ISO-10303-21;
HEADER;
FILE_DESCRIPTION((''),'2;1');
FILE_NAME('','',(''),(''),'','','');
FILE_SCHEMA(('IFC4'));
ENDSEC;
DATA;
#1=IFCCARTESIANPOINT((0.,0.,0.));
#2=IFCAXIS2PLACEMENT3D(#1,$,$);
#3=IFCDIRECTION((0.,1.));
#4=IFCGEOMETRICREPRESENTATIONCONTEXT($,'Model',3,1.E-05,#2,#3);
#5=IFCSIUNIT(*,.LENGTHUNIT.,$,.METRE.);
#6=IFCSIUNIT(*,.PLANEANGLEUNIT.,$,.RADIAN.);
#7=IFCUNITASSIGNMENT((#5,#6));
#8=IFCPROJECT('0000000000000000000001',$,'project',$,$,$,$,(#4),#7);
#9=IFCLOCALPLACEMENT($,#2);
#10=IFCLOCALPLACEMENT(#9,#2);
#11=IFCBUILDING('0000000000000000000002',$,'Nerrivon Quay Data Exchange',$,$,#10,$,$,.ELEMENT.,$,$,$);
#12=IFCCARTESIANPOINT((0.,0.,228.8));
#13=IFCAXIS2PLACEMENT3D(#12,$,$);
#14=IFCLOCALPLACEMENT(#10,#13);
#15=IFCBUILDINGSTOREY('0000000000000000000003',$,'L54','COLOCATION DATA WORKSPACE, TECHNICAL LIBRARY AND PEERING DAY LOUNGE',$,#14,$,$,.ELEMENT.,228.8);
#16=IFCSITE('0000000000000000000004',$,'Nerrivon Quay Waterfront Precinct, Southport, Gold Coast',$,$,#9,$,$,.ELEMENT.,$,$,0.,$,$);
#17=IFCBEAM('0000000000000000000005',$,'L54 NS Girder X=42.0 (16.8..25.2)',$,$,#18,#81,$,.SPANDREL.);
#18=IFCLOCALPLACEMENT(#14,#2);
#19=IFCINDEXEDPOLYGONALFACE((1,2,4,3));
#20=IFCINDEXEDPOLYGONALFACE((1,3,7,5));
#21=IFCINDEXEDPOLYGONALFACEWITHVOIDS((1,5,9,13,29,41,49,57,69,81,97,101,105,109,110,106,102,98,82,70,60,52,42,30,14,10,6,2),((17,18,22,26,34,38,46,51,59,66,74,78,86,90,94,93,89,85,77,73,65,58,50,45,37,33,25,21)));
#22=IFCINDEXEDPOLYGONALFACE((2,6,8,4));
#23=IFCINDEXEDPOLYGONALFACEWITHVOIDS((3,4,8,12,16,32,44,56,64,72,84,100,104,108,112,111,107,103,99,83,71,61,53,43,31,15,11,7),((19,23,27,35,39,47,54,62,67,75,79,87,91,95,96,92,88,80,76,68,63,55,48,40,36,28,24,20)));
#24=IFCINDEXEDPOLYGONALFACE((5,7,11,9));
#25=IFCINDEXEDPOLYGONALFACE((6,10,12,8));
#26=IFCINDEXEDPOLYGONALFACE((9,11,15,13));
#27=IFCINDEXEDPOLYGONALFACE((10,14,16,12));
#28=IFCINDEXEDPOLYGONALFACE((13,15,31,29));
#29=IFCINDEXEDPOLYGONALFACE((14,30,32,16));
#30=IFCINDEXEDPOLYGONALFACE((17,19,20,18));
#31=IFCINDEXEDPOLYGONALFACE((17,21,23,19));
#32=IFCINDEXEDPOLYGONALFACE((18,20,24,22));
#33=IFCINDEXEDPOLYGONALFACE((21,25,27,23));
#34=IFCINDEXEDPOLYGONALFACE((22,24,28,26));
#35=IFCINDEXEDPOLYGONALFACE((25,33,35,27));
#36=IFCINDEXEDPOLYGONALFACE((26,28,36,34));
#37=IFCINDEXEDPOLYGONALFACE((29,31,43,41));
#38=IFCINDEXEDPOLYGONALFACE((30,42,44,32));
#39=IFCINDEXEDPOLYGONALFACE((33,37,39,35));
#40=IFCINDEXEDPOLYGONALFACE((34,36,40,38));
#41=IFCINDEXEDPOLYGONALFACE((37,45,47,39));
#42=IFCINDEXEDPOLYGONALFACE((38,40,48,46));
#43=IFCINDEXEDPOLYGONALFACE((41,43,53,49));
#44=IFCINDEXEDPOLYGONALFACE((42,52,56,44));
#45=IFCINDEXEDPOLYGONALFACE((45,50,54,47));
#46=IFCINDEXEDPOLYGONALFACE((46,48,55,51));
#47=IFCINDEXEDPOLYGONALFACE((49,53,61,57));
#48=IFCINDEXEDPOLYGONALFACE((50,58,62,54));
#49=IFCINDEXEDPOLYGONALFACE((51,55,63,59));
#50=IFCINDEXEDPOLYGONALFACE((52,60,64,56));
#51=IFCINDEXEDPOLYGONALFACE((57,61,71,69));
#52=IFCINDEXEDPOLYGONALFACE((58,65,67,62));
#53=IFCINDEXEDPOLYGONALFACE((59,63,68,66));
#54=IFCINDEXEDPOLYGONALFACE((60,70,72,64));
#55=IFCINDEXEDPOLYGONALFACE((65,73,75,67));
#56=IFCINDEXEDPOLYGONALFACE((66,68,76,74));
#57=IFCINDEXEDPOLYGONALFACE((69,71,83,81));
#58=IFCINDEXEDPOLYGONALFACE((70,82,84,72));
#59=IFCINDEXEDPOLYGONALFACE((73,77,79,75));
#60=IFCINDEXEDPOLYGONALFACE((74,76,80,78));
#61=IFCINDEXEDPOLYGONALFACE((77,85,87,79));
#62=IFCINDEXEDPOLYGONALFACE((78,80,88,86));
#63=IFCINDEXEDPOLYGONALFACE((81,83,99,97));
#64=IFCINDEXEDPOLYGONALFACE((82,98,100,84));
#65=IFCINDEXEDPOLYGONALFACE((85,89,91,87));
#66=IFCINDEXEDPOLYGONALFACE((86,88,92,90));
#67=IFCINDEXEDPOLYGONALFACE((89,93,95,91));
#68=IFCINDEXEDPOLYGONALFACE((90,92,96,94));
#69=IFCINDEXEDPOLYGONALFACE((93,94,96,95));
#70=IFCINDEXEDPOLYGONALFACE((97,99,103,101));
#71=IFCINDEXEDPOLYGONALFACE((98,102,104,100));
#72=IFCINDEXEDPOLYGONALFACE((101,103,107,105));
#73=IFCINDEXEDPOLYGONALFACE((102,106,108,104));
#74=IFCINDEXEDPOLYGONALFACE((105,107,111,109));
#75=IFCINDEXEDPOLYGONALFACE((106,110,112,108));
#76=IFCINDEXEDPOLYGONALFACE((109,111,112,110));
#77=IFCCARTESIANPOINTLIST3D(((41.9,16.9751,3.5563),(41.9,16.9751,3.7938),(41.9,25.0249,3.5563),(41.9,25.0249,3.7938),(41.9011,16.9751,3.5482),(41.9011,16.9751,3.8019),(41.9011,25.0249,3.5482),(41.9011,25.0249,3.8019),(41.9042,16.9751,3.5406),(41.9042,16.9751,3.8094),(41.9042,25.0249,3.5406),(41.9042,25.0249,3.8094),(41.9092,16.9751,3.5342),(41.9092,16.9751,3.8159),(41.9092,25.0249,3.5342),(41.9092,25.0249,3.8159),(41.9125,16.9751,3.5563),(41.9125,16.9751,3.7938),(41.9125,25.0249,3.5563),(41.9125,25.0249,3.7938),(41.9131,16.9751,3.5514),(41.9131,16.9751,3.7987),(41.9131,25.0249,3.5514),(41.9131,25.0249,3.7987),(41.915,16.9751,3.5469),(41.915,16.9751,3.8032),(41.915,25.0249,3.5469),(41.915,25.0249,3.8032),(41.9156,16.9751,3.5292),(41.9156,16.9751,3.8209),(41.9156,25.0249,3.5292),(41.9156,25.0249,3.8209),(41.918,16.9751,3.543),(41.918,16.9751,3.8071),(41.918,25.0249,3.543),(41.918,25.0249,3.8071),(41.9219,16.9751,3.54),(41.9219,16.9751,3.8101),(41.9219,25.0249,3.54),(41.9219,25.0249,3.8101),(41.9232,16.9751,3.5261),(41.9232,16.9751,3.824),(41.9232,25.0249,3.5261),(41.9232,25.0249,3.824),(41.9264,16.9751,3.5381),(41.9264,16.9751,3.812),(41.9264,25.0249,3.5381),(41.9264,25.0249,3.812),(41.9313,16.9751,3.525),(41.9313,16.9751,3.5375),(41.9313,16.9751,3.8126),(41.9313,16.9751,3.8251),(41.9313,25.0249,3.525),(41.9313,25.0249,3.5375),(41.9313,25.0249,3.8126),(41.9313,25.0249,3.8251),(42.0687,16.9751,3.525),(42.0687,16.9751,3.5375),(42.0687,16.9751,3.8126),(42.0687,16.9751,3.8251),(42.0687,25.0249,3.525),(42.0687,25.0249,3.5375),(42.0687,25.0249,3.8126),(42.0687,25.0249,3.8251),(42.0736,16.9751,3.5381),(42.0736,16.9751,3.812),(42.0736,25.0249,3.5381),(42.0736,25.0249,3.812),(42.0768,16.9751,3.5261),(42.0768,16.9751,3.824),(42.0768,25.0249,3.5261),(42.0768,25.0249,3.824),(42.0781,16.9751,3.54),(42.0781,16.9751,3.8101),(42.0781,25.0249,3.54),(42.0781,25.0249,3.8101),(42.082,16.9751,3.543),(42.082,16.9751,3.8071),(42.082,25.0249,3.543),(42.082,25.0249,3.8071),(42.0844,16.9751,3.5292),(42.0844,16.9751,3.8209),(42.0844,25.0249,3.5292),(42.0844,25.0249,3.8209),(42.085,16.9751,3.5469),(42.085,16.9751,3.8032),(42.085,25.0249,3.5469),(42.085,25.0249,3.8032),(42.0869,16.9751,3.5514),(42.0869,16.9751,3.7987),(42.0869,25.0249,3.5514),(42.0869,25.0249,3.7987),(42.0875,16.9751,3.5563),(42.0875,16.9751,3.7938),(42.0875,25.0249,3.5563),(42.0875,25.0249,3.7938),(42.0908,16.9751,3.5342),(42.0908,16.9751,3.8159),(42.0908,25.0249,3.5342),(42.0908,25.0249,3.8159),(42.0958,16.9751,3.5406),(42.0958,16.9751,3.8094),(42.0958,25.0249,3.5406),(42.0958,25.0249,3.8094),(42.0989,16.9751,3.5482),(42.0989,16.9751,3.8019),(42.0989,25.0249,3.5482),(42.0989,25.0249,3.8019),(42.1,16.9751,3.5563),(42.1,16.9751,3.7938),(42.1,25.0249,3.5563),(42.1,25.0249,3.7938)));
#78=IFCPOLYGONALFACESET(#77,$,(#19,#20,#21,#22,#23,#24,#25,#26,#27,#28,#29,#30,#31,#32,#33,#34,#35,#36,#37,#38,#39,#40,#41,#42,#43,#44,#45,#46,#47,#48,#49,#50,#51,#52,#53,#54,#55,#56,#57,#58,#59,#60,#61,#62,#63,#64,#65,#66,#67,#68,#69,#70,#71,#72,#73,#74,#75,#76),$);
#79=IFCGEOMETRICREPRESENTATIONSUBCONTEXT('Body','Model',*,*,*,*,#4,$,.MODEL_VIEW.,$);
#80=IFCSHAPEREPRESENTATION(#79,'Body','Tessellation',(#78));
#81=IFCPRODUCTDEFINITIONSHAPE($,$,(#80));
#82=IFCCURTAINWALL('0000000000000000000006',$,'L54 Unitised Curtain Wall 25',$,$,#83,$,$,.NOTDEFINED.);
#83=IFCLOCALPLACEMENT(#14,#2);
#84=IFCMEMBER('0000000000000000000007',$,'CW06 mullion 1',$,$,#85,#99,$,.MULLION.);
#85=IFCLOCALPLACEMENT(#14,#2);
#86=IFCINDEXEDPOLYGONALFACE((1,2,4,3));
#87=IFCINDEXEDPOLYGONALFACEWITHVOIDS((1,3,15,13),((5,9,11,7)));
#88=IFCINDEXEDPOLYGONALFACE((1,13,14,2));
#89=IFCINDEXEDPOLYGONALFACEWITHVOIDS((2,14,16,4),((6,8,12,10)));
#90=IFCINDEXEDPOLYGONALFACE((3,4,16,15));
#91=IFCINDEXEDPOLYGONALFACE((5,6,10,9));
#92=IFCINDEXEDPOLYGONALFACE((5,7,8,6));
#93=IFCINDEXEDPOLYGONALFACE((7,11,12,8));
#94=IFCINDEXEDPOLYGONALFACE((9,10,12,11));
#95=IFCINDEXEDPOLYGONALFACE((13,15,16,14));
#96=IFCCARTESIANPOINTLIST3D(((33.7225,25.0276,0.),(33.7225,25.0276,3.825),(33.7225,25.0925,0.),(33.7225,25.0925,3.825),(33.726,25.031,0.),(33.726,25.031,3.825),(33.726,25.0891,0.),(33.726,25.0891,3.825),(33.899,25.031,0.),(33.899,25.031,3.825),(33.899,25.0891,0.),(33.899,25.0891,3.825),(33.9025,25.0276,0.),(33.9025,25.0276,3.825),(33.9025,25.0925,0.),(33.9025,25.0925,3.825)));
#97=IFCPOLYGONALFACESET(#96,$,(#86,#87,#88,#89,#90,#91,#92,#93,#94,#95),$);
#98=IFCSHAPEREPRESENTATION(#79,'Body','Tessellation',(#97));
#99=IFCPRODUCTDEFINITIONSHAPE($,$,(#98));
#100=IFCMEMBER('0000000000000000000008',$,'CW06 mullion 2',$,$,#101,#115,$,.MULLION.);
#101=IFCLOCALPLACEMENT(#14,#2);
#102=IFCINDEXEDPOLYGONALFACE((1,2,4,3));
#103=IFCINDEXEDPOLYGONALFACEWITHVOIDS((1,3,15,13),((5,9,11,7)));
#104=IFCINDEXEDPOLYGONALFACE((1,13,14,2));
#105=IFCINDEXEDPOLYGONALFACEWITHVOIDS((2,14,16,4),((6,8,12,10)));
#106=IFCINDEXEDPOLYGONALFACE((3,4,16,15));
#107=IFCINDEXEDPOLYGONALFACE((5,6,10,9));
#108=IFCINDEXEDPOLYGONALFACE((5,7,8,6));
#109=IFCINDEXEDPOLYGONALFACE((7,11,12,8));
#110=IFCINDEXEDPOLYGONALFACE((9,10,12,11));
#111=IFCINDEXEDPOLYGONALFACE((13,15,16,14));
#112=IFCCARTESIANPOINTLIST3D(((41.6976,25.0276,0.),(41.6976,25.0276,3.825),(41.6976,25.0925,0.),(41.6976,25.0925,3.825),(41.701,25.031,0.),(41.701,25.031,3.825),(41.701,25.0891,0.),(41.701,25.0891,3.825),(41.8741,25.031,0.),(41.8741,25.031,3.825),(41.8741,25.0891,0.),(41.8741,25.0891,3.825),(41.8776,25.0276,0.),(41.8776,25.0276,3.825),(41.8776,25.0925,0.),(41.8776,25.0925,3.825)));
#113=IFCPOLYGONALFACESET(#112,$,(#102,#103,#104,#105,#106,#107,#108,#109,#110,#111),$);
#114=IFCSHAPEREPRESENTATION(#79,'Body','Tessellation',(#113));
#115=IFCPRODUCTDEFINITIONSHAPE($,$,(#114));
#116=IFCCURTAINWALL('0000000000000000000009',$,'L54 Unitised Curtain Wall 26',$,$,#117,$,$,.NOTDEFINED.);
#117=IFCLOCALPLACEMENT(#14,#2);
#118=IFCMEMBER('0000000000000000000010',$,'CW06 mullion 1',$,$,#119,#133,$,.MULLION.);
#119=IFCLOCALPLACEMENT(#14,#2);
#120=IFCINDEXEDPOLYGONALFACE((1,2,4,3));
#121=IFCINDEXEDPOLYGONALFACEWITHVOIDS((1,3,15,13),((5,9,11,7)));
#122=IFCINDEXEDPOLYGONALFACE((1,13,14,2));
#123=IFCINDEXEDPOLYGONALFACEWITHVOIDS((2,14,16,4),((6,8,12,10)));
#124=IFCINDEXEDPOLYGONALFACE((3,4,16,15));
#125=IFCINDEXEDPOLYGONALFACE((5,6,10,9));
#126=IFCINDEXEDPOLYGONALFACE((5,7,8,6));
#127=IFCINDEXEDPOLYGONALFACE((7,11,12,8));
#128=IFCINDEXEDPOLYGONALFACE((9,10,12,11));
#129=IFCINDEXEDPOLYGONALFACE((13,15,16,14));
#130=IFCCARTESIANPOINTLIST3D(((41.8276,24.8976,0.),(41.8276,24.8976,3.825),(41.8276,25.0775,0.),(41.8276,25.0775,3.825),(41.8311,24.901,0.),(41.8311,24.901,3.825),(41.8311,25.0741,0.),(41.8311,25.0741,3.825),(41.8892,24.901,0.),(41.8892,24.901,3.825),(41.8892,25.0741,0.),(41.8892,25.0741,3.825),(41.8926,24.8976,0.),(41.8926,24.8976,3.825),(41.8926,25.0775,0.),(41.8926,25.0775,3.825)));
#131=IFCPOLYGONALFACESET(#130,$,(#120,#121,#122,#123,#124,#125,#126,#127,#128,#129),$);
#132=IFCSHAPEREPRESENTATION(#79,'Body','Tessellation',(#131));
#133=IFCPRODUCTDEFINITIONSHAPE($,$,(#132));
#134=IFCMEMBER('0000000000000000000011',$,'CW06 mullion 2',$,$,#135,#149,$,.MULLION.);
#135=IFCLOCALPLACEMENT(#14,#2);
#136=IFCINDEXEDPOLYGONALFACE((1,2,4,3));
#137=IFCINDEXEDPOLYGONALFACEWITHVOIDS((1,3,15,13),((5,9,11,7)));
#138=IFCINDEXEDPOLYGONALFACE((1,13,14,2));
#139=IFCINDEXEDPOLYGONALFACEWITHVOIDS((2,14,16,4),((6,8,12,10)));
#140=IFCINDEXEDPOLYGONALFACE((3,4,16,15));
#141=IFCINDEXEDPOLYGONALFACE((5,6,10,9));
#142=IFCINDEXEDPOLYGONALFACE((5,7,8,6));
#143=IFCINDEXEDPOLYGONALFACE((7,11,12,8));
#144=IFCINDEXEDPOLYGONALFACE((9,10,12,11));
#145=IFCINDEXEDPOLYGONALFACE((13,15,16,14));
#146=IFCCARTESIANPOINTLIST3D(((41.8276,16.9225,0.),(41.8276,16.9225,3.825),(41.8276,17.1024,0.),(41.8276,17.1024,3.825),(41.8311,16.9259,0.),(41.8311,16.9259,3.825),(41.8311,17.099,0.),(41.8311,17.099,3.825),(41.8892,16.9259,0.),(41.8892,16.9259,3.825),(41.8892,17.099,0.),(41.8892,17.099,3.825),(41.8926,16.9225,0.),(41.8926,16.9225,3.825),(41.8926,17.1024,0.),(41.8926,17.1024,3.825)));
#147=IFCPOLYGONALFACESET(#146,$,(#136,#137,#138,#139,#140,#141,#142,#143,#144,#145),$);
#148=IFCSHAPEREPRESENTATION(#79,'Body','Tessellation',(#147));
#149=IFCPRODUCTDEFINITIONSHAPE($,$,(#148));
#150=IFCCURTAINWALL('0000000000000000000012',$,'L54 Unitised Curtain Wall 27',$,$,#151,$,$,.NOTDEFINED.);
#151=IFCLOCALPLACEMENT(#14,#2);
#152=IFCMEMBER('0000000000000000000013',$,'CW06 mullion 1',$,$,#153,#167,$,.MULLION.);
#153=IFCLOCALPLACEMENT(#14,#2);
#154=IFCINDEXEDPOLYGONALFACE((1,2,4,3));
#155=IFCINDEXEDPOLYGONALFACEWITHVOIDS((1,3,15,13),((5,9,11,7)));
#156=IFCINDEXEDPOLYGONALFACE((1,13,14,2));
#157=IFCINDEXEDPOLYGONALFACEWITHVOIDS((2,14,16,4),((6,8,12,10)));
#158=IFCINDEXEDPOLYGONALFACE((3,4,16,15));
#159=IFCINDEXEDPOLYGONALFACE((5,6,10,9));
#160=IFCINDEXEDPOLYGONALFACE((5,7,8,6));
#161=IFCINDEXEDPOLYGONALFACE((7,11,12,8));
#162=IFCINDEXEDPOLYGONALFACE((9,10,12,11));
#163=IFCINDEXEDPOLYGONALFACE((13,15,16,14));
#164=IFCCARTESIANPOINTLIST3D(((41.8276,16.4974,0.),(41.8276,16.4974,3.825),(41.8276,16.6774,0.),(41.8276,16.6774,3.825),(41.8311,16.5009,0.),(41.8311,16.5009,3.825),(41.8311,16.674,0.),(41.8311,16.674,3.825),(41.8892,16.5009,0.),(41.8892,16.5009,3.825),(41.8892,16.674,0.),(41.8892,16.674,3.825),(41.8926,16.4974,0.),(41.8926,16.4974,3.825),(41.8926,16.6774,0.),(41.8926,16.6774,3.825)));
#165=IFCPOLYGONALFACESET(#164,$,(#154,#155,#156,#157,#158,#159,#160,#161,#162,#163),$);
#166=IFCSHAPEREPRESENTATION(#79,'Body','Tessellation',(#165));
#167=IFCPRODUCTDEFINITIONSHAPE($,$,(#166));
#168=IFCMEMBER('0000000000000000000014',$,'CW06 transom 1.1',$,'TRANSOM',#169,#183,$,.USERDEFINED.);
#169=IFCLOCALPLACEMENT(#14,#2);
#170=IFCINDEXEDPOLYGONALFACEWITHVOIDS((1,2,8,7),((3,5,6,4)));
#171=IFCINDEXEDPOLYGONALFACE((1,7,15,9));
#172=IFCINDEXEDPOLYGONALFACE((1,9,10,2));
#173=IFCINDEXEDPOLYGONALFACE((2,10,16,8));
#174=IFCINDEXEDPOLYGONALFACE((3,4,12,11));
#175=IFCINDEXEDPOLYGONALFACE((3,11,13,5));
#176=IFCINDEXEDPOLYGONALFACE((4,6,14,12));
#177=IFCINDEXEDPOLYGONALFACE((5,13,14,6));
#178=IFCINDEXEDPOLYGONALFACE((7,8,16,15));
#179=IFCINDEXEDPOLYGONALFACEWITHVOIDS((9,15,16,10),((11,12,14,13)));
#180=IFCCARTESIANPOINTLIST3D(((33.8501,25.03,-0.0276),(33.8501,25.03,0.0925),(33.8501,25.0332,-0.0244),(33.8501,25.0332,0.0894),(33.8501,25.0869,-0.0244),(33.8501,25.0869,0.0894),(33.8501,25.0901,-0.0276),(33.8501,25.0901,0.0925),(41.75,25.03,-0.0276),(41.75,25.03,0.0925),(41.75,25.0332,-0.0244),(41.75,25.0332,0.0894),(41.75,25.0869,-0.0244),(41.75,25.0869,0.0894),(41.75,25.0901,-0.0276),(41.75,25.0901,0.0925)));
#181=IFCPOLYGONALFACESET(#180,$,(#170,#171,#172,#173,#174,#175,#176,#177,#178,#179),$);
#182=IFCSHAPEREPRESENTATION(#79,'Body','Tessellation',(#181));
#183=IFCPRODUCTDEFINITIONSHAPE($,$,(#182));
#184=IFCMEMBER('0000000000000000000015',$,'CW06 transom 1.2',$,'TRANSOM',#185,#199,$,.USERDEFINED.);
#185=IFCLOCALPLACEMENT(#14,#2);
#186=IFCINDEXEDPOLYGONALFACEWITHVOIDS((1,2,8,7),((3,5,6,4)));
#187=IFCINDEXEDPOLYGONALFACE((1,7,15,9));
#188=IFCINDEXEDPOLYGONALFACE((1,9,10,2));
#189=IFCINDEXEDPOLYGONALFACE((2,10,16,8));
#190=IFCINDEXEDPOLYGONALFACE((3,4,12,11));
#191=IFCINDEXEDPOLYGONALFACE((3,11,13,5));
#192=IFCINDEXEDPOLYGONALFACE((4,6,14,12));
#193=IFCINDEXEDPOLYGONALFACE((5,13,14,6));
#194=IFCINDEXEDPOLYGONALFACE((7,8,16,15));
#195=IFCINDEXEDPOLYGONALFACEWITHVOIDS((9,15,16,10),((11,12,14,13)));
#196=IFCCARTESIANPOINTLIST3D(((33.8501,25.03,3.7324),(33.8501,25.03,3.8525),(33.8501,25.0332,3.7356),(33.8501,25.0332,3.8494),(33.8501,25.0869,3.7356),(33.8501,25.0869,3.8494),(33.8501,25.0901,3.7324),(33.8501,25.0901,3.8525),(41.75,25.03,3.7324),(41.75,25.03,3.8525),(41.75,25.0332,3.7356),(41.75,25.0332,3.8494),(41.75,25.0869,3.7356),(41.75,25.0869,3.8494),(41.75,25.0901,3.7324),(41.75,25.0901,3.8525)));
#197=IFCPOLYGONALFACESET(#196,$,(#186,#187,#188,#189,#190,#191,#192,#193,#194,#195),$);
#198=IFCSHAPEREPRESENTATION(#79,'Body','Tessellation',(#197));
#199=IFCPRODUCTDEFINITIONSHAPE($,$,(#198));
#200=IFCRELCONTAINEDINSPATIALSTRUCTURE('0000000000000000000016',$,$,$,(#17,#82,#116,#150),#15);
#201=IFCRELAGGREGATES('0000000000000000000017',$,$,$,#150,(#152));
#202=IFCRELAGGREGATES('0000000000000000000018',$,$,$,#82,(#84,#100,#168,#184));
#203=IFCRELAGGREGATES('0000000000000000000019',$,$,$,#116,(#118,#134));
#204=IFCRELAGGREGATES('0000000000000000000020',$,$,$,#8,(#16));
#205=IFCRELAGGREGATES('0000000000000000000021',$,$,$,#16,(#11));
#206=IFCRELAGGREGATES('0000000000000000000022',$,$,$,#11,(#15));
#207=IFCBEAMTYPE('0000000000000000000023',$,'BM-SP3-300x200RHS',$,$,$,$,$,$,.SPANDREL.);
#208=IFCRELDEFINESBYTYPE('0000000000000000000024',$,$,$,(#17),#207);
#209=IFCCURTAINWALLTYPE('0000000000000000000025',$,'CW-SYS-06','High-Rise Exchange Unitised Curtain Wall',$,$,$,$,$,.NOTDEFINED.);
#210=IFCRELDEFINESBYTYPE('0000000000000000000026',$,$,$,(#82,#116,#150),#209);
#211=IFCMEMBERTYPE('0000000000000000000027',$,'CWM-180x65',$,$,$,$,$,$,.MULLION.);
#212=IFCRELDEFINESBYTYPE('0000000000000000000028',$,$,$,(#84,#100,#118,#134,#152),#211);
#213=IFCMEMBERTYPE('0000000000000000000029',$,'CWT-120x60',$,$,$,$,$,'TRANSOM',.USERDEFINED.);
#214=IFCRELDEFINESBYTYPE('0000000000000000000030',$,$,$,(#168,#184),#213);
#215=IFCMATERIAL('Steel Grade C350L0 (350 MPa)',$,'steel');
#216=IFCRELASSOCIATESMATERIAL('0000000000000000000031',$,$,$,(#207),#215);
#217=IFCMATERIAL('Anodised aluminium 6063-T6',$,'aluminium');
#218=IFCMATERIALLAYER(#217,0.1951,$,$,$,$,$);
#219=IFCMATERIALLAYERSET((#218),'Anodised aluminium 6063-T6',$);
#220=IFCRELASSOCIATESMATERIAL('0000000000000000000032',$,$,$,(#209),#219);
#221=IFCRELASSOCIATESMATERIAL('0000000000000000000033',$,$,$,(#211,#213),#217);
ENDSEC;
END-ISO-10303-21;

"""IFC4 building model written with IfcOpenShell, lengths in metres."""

from ifc_helpers import new_model, si_unit, direction, frame, origin, origin_2d, place, context, subcontext, project, spatial, hollow_rectangle, extrude, material, layer, layer_set, material_profile, profile_set, type_object, element, aggregate, save


model = new_model("IFC4")

# Units and contexts
model_context = context("Model", 3, precision=1e-05, world=origin(), true_north=direction((0.0, 1.0)))
body_context = subcontext(model_context, "Body", "Model", "MODEL_VIEW")
ifc_project = project(units=[si_unit("LENGTHUNIT", "METRE"), si_unit("PLANEANGLEUNIT", "RADIAN")], contexts=[model_context])

# Site, building, storey
site_placement = place(None, origin())
site = spatial("IfcSite", under=ifc_project, at=site_placement, Name="Nerrivon Quay Waterfront Precinct, Southport, Gold Coast", CompositionType="ELEMENT", RefElevation=0.0)
building_placement = place(site_placement, origin())
building = spatial("IfcBuilding", under=site, at=building_placement, Name="Nerrivon Quay Data Exchange", CompositionType="ELEMENT")
storey_placement = place(building_placement, frame((0.0, 0.0, 228.8)))
storey = spatial("IfcBuildingStorey", under=building, at=storey_placement, Name="L54", Description="COLOCATION DATA WORKSPACE, TECHNICAL LIBRARY AND PEERING DAY LOUNGE", CompositionType="ELEMENT", Elevation=228.8)

# Beam
ifc_material_1 = material(Name="Steel Grade C350L0 (350 MPa)", Category="steel")
ifc_material_profile_1 = material_profile(ifc_material_1, hollow_rectangle(XDim=0.2, YDim=0.3, WallThickness=0.0125, InnerFilletRadius=0.0188, OuterFilletRadius=0.0312, at=origin_2d()), Name="300x200x12.5RHS")
ifc_profile_set_1 = profile_set([ifc_material_profile_1], Name="Steel Grade C350L0 (350 MPa)")
beam_type_1 = type_object("IfcBeamType", Name="BM-SP3-300x200RHS", PredefinedType="SPANDREL", material=ifc_profile_set_1)
beam_1_placement = place(storey_placement, frame((42.0, 16.9751, 3.675), z_axis=(0.0, 1.0, 0.0), x_axis=(-1.0, 0.0, 0.0)))
element("IfcBeam", 1, at=beam_1_placement, inside=storey, type_object=beam_type_1, Name="L54 NS Girder X=42.0 (16.8..25.2)", PredefinedType="SPANDREL", context=body_context, shape_type="SweptSolid", body=[
    extrude(hollow_rectangle(XDim=0.2, YDim=0.3, WallThickness=0.0125, InnerFilletRadius=0.0188, OuterFilletRadius=0.0312, at=origin_2d()), origin(), (0.0, 0.0, 1.0), 8.0498),
])

# Curtain walls, members
ifc_material_2 = material(Name="Anodised aluminium 6063-T6", Category="aluminium")
ifc_layer_1 = layer(ifc_material_2, 0.1951)
ifc_layer_set_1 = layer_set([ifc_layer_1], Name="Anodised aluminium 6063-T6")
curtain_wall_type = type_object("IfcCurtainWallType", Name="CW-SYS-06", Description="High-Rise Exchange Unitised Curtain Wall", PredefinedType="NOTDEFINED", material=ifc_layer_set_1)
curtain_wall_1_placement = place(storey_placement, origin())
curtain_wall_1 = element("IfcCurtainWall", 2, at=curtain_wall_1_placement, inside=storey, type_object=curtain_wall_type, Name="L54 Unitised Curtain Wall 25", PredefinedType="NOTDEFINED")
ifc_material_profile_2 = material_profile(ifc_material_2, hollow_rectangle(XDim=0.0649, YDim=0.1799, WallThickness=0.0034, at=origin_2d()), Name="ALU-MULL-180x65")
ifc_profile_set_2 = profile_set([ifc_material_profile_2], Name="Anodised aluminium 6063-T6")
member_type_1 = type_object("IfcMemberType", Name="CWM-180x65", PredefinedType="MULLION", material=ifc_profile_set_2)
member_1_placement = place(storey_placement, frame((33.8125, 25.0601, 0.0), z_axis=(0.0, 0.0, 1.0), x_axis=(0.0, 1.0, 0.0)))
member_1 = element("IfcMember", 3, at=member_1_placement, type_object=member_type_1, Name="CW06 mullion 1", PredefinedType="MULLION", context=body_context, shape_type="SweptSolid", body=[
    extrude(hollow_rectangle(XDim=0.0649, YDim=0.1799, WallThickness=0.0034, at=origin_2d()), origin(), (0.0, 0.0, 1.0), 3.825),
])
member_2_placement = place(storey_placement, frame((41.7876, 25.0601, 0.0), z_axis=(0.0, 0.0, 1.0), x_axis=(0.0, 1.0, 0.0)))
member_2 = element("IfcMember", 4, at=member_2_placement, type_object=member_type_1, Name="CW06 mullion 2", PredefinedType="MULLION", context=body_context, shape_type="SweptSolid", body=[
    extrude(hollow_rectangle(XDim=0.0649, YDim=0.1799, WallThickness=0.0034, at=origin_2d()), origin(), (0.0, 0.0, 1.0), 3.825),
])
curtain_wall_2_placement = place(storey_placement, origin())
curtain_wall_2 = element("IfcCurtainWall", 5, at=curtain_wall_2_placement, inside=storey, type_object=curtain_wall_type, Name="L54 Unitised Curtain Wall 26", PredefinedType="NOTDEFINED")
member_3_placement = place(storey_placement, frame((41.8601, 24.9875, 0.0), z_axis=(0.0, 0.0, 1.0), x_axis=(1.0, 0.0, 0.0)))
member_3 = element("IfcMember", 6, at=member_3_placement, type_object=member_type_1, Name="CW06 mullion 1", PredefinedType="MULLION", context=body_context, shape_type="SweptSolid", body=[
    extrude(hollow_rectangle(XDim=0.0649, YDim=0.1799, WallThickness=0.0034, at=origin_2d()), origin(), (0.0, 0.0, 1.0), 3.825),
])
member_4_placement = place(storey_placement, frame((41.8601, 17.0125, 0.0), z_axis=(0.0, 0.0, 1.0), x_axis=(1.0, 0.0, 0.0)))
member_4 = element("IfcMember", 7, at=member_4_placement, type_object=member_type_1, Name="CW06 mullion 2", PredefinedType="MULLION", context=body_context, shape_type="SweptSolid", body=[
    extrude(hollow_rectangle(XDim=0.0649, YDim=0.1799, WallThickness=0.0034, at=origin_2d()), origin(), (0.0, 0.0, 1.0), 3.825),
])

# Curtain wall, member
curtain_wall_3_placement = place(storey_placement, origin())
curtain_wall_3 = element("IfcCurtainWall", 8, at=curtain_wall_3_placement, inside=storey, type_object=curtain_wall_type, Name="L54 Unitised Curtain Wall 27", PredefinedType="NOTDEFINED")
member_5_placement = place(storey_placement, frame((41.8601, 16.5874, 0.0), z_axis=(0.0, 0.0, 1.0), x_axis=(1.0, 0.0, 0.0)))
member_5 = element("IfcMember", 9, at=member_5_placement, type_object=member_type_1, Name="CW06 mullion 1", PredefinedType="MULLION", context=body_context, shape_type="SweptSolid", body=[
    extrude(hollow_rectangle(XDim=0.0649, YDim=0.1799, WallThickness=0.0034, at=origin_2d()), origin(), (0.0, 0.0, 1.0), 3.825),
])

# Members
ifc_material_profile_3 = material_profile(ifc_material_2, hollow_rectangle(XDim=0.0601, YDim=0.1201, WallThickness=0.0032, at=origin_2d()), Name="ALU-TRAN-120x60")
ifc_profile_set_3 = profile_set([ifc_material_profile_3], Name="Anodised aluminium 6063-T6")
member_type_2 = type_object("IfcMemberType", Name="CWT-120x60", ElementType="TRANSOM", PredefinedType="USERDEFINED", material=ifc_profile_set_3)
member_6_placement = place(storey_placement, frame((33.8501, 25.0601, 0.0325), z_axis=(1.0, 0.0, 0.0), x_axis=(0.0, 1.0, 0.0)))
member_6 = element("IfcMember", 10, at=member_6_placement, type_object=member_type_2, Name="CW06 transom 1.1", ObjectType="TRANSOM", PredefinedType="USERDEFINED", context=body_context, shape_type="SweptSolid", body=[
    extrude(hollow_rectangle(XDim=0.0601, YDim=0.1201, WallThickness=0.0032, at=origin_2d()), origin(), (0.0, 0.0, 1.0), 7.8999),
])
member_7_placement = place(storey_placement, frame((33.8501, 25.0601, 3.7925), z_axis=(1.0, 0.0, 0.0), x_axis=(0.0, 1.0, 0.0)))
member_7 = element("IfcMember", 11, at=member_7_placement, type_object=member_type_2, Name="CW06 transom 1.2", ObjectType="TRANSOM", PredefinedType="USERDEFINED", context=body_context, shape_type="SweptSolid", body=[
    extrude(hollow_rectangle(XDim=0.0601, YDim=0.1201, WallThickness=0.0032, at=origin_2d()), origin(), (0.0, 0.0, 1.0), 7.8999),
])
aggregate(curtain_wall_3, [member_5])

aggregate(curtain_wall_1, [member_1, member_2, member_6, member_7])
aggregate(curtain_wall_2, [member_3, member_4])

save(model, "model.ifc")
